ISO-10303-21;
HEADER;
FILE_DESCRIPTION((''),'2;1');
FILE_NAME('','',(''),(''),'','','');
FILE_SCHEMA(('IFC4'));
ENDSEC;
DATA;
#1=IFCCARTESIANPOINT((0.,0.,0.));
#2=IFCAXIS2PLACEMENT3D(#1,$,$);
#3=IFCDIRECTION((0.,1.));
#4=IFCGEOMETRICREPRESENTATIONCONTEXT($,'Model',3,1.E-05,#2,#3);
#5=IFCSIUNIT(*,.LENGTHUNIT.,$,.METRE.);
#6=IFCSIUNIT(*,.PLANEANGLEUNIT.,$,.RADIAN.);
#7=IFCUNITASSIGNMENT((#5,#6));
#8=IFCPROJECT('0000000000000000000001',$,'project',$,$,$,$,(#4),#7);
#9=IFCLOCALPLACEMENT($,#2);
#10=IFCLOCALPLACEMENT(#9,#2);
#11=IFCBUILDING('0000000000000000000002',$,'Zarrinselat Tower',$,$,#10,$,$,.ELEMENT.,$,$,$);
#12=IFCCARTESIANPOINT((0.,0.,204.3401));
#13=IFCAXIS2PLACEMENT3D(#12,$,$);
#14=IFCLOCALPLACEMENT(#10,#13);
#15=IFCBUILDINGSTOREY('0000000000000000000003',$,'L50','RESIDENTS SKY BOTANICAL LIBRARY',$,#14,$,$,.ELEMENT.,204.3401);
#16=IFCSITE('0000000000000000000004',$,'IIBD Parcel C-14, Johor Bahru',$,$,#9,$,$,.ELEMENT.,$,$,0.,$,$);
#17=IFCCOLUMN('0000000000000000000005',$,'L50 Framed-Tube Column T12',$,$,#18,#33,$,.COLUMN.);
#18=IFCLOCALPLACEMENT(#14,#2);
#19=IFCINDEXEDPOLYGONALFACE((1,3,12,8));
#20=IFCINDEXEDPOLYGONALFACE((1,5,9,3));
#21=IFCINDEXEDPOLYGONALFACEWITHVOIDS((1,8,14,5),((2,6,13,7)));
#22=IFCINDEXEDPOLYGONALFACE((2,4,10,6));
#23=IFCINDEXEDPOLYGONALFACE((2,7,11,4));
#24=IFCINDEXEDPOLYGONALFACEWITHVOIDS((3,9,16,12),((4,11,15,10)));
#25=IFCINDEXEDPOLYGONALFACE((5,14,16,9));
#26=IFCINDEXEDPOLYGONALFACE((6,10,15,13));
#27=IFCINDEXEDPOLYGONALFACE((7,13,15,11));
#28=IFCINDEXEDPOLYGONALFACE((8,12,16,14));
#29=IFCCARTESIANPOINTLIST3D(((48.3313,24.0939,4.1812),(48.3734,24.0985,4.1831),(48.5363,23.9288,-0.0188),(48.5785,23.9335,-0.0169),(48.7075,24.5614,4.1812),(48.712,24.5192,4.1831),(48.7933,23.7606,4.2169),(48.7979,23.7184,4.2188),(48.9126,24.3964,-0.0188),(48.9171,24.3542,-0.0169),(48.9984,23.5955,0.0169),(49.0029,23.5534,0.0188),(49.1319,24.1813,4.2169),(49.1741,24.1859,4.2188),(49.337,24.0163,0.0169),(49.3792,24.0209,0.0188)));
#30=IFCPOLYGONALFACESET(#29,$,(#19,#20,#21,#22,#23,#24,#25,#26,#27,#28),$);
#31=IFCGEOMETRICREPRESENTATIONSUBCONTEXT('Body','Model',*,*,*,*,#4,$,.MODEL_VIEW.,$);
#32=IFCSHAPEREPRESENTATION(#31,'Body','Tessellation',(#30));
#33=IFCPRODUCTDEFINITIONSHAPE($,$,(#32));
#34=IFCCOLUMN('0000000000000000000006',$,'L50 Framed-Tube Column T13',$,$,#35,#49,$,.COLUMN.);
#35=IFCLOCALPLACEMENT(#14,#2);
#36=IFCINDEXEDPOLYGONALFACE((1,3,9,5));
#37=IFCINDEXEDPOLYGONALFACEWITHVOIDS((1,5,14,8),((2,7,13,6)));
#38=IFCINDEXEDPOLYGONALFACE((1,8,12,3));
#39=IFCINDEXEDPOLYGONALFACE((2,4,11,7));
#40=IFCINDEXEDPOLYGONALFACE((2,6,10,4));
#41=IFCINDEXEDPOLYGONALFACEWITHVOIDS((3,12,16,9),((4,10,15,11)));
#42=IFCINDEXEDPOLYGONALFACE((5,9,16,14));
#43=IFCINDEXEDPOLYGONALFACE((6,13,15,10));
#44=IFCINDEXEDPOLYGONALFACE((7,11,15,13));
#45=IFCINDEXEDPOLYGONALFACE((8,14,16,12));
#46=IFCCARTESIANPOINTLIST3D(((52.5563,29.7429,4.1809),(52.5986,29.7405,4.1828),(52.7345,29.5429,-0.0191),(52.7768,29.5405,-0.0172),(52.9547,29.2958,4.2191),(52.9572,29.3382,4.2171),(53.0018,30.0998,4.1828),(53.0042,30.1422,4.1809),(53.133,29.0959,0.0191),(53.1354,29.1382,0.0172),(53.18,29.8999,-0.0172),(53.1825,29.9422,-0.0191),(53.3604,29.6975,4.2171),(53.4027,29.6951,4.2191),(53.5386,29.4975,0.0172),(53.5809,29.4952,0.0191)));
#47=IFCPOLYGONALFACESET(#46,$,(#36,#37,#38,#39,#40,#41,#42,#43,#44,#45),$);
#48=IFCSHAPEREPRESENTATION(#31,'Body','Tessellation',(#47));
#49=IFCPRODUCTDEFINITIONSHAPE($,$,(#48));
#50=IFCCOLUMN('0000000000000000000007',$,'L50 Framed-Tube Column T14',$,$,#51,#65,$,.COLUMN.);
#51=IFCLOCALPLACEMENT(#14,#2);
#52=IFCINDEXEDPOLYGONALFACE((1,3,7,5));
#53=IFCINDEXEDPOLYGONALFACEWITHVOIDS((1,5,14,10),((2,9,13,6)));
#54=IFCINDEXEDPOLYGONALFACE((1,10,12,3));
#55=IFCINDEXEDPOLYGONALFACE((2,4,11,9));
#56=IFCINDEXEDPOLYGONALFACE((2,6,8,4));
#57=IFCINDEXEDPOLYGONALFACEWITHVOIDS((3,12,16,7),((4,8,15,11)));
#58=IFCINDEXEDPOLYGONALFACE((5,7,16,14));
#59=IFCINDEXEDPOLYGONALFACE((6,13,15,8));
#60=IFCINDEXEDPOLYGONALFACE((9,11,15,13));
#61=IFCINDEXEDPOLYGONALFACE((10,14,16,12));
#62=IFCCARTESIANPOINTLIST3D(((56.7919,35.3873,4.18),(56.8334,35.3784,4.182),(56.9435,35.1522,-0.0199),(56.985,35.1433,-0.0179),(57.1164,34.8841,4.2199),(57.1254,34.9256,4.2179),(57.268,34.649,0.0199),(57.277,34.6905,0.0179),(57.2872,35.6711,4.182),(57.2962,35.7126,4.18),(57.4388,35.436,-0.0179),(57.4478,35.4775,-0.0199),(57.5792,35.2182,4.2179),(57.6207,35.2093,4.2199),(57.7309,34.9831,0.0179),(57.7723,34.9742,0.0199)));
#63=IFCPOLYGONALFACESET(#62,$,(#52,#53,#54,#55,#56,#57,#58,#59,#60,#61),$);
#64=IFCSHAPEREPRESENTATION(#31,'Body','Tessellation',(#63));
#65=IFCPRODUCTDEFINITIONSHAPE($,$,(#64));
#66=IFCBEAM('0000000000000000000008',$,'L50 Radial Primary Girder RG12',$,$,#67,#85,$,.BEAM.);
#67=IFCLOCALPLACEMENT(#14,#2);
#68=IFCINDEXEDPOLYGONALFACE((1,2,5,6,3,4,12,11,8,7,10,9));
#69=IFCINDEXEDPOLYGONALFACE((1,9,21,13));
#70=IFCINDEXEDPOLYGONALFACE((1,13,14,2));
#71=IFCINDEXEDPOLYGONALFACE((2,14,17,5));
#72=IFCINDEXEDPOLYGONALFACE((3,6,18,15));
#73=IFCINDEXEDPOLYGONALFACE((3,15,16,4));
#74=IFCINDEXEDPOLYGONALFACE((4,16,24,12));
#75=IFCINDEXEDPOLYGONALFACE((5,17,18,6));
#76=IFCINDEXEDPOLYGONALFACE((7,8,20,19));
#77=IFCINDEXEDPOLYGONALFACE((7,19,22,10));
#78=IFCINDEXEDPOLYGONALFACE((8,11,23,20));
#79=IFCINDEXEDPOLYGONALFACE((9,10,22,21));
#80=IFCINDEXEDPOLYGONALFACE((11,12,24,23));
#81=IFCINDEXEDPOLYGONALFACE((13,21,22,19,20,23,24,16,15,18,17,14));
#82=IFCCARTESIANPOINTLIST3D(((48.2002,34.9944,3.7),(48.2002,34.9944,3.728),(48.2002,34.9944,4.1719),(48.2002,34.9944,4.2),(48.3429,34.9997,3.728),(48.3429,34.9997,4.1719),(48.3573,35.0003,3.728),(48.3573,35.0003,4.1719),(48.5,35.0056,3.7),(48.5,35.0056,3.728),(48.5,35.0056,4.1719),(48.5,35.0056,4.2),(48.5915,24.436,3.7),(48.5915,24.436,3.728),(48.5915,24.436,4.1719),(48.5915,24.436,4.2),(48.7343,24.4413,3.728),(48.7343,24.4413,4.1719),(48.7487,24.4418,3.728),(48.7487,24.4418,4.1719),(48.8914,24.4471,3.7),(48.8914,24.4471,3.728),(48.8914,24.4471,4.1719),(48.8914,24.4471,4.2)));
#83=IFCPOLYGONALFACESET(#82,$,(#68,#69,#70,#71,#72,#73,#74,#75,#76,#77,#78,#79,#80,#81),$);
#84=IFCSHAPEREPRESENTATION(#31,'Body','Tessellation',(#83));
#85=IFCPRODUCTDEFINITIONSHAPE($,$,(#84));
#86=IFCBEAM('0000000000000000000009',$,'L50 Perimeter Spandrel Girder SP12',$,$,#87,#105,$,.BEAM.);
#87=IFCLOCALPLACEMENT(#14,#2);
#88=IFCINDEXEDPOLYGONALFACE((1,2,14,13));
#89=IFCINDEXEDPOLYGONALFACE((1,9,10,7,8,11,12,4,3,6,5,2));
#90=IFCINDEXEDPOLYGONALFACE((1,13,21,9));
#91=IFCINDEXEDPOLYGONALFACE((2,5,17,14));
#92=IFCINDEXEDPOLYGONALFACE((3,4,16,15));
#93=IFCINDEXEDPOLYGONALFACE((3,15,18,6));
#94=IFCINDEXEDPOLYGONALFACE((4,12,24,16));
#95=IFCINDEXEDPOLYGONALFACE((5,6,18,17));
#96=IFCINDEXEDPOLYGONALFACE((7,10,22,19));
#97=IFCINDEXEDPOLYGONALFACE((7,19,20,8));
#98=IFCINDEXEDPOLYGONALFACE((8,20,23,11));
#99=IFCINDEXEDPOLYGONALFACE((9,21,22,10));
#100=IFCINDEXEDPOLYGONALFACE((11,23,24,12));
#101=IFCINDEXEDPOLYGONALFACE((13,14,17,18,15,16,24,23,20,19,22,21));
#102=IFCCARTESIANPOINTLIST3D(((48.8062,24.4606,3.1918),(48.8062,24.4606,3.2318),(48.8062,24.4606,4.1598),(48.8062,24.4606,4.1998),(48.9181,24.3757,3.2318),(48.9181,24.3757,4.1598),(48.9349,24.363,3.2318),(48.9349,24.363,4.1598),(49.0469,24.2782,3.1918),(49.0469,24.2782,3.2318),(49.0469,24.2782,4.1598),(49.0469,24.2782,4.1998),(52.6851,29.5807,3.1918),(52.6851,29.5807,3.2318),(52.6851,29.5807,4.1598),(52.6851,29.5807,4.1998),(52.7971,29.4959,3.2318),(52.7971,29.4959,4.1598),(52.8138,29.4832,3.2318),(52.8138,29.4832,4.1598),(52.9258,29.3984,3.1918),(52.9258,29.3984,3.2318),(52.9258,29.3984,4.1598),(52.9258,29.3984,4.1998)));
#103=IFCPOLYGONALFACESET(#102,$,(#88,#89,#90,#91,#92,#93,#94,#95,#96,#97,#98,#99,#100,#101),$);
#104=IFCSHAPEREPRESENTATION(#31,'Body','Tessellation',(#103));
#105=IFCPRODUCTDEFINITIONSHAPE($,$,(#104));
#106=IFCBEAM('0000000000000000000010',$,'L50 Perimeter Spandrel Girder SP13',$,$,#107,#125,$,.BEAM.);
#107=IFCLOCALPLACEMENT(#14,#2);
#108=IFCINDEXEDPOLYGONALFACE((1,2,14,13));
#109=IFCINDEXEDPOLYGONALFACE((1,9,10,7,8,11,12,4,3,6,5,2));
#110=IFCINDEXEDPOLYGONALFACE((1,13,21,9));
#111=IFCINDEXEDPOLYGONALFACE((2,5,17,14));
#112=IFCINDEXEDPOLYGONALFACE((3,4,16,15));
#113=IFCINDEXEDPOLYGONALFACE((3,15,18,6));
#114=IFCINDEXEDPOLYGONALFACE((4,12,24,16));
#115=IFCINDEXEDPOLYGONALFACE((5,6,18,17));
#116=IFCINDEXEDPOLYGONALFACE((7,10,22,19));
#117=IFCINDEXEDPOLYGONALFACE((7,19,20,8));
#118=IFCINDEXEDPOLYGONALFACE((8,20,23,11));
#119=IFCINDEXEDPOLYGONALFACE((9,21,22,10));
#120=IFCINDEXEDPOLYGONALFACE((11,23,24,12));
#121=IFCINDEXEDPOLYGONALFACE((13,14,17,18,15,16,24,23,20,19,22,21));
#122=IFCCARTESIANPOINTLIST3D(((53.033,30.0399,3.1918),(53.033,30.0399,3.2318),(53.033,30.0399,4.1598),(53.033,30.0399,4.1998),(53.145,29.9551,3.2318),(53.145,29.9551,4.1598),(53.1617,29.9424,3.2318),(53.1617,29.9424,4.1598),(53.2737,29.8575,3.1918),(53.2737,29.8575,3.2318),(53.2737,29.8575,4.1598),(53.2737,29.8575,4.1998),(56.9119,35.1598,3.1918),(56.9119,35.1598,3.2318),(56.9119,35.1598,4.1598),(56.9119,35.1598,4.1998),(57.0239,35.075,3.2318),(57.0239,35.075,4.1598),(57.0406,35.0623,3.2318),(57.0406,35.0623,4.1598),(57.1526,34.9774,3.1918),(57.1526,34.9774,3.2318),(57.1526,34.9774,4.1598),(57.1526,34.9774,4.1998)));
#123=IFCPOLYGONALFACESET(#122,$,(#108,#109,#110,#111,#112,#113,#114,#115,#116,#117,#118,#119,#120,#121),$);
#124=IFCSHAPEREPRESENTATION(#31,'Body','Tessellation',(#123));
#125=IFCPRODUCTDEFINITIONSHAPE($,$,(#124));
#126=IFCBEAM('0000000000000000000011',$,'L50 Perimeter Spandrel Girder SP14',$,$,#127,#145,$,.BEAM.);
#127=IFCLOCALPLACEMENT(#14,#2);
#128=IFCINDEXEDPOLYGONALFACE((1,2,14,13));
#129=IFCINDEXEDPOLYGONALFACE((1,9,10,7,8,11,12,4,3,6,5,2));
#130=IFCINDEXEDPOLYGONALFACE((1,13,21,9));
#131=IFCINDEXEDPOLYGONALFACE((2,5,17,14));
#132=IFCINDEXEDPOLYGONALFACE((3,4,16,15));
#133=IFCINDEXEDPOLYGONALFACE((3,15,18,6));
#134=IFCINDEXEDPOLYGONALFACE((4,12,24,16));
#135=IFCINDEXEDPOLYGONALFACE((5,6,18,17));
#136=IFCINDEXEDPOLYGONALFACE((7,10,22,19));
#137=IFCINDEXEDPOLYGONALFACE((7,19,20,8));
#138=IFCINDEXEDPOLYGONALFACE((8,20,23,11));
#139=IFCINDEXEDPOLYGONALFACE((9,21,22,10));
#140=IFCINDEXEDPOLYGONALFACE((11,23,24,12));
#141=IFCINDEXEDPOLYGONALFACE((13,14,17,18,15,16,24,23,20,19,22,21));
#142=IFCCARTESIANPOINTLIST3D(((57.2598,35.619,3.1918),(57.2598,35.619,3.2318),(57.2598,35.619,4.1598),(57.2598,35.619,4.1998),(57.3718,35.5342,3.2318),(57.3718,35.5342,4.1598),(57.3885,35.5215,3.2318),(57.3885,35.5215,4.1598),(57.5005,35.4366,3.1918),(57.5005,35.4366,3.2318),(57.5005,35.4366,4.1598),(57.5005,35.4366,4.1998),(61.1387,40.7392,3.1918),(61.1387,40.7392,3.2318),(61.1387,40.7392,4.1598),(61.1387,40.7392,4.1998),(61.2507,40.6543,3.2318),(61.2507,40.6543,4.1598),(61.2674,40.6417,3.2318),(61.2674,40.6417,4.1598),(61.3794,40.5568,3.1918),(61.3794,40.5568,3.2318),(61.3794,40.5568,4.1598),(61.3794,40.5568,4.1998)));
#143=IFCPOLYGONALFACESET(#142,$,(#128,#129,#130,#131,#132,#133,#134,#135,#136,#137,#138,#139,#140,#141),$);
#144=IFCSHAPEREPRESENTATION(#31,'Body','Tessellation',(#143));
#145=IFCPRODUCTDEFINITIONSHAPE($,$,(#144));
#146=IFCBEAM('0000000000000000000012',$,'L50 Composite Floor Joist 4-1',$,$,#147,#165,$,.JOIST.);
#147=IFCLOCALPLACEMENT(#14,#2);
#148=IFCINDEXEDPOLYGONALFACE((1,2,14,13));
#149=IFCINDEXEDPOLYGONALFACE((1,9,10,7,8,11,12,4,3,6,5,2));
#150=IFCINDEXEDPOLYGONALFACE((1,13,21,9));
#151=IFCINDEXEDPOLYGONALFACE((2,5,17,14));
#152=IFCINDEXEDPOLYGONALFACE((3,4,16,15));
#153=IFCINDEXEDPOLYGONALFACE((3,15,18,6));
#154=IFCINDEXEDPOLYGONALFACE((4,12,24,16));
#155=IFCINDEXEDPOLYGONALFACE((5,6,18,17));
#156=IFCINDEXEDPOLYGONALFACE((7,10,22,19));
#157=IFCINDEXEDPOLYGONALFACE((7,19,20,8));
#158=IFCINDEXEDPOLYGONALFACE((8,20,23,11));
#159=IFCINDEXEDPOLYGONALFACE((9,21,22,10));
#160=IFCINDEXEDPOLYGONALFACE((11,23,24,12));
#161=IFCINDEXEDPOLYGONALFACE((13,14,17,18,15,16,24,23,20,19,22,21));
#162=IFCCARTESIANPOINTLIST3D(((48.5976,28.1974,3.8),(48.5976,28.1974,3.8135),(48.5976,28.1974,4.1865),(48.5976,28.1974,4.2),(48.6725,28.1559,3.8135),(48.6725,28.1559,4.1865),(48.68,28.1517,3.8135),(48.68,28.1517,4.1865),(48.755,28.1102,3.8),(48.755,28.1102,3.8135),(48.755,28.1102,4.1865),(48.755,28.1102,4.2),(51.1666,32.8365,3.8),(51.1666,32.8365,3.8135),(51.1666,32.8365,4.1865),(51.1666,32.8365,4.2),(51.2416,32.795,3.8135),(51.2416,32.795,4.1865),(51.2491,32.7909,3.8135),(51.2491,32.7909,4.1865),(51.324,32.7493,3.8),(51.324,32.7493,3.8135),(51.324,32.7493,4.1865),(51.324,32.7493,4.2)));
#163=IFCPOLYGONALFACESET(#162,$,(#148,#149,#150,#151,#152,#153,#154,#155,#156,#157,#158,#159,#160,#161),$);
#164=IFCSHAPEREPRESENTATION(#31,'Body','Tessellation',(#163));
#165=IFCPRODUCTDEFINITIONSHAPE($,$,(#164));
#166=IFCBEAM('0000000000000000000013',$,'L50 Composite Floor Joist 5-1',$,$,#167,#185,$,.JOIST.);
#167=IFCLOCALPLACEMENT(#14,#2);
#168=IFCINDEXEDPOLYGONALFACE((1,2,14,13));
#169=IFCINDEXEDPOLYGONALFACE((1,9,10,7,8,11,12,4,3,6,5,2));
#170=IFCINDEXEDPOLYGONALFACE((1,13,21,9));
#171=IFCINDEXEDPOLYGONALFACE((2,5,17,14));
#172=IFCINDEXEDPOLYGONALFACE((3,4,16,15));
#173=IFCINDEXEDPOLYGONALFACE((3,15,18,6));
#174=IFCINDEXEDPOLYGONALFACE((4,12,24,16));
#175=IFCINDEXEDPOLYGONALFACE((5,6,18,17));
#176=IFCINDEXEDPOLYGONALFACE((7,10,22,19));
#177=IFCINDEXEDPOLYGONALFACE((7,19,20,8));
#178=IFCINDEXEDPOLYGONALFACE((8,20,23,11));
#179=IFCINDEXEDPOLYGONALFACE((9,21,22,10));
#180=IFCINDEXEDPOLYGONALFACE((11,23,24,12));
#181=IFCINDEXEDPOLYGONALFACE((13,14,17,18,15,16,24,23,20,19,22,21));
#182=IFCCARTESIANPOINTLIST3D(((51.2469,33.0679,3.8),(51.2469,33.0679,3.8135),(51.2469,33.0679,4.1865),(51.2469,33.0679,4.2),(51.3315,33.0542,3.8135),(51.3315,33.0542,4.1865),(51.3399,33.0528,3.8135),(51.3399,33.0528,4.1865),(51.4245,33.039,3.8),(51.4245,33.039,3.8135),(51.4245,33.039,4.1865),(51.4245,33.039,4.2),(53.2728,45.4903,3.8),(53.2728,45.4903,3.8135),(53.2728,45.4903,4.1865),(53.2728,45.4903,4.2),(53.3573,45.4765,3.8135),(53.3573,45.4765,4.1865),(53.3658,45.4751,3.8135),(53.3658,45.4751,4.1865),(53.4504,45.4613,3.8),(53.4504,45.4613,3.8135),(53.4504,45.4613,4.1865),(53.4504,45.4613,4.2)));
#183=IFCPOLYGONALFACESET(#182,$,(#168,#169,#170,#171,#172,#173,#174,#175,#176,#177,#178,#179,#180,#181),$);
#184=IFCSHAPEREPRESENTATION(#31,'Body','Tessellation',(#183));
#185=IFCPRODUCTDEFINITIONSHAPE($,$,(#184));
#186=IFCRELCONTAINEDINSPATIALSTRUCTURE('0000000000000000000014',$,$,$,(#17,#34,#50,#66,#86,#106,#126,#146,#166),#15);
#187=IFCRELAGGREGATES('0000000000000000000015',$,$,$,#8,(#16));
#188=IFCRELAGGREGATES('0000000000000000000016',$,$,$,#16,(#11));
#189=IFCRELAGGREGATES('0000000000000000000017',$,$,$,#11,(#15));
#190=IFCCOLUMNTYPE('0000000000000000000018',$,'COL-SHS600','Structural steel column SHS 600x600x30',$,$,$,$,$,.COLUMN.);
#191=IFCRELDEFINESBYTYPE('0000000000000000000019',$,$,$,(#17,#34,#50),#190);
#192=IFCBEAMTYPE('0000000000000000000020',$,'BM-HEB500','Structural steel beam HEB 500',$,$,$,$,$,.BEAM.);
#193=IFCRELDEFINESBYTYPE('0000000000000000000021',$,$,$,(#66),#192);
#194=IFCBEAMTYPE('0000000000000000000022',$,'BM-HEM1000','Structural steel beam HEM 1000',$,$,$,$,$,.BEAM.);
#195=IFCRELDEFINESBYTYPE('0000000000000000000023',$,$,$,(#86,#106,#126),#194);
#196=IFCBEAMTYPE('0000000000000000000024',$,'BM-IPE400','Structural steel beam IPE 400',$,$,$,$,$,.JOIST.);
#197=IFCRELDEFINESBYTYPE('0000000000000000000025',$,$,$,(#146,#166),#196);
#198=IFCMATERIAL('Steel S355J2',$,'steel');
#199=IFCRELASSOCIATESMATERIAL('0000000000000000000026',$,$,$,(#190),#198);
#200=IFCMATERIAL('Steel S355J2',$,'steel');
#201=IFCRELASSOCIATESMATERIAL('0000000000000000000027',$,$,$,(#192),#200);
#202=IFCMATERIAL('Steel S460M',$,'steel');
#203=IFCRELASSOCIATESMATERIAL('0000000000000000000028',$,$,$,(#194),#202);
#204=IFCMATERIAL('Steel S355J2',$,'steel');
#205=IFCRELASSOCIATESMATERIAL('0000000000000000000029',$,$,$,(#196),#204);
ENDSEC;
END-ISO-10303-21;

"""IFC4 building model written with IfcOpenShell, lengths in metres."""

from ifc_helpers import new_model, si_unit, direction, frame, origin, origin_2d, place, context, subcontext, project, spatial, hollow_rectangle, i_section, extrude, material, material_profile, profile_set, type_object, element, save


model = new_model("IFC4")

# Units and contexts
model_context = context("Model", 3, precision=1e-05, world=origin(), true_north=direction((0.0, 1.0)))
body_context = subcontext(model_context, "Body", "Model", "MODEL_VIEW")
ifc_project = project(units=[si_unit("LENGTHUNIT", "METRE"), si_unit("PLANEANGLEUNIT", "RADIAN")], contexts=[model_context])

# Site, building, storey
site_placement = place(None, origin())
site = spatial("IfcSite", under=ifc_project, at=site_placement, Name="IIBD Parcel C-14, Johor Bahru", CompositionType="ELEMENT", RefElevation=0.0)
building_placement = place(site_placement, origin())
building = spatial("IfcBuilding", under=site, at=building_placement, Name="Zarrinselat Tower", CompositionType="ELEMENT")
storey_placement = place(building_placement, frame((0.0, 0.0, 204.3401)))
storey = spatial("IfcBuildingStorey", under=building, at=storey_placement, Name="L50", Description="RESIDENTS SKY BOTANICAL LIBRARY", CompositionType="ELEMENT", Elevation=204.3401)

# Columns
ifc_material_1 = material(Name="Steel S355J2", Category="steel")
ifc_material_profile_1 = material_profile(ifc_material_1, hollow_rectangle(XDim=0.6001, YDim=0.6001, WallThickness=0.03, at=origin_2d()), Name="SHS 600x600x30")
ifc_profile_set_1 = profile_set([ifc_material_profile_1], Name="Steel S355J2")
column_type = type_object("IfcColumnType", Name="COL-SHS600", Description="Structural steel column SHS 600x600x30", PredefinedType="COLUMN", material=ifc_profile_set_1)
column_1_placement = place(storey_placement, frame((48.9578, 23.9749, 0.0), z_axis=(-0.048733, 0.039219, 0.998042), x_axis=(-0.626954, -0.779056, 0.0)))
element("IfcColumn", 1, at=column_1_placement, inside=storey, type_object=column_type, Name="L50 Framed-Tube Column T12", PredefinedType="COLUMN", context=body_context, shape_type="SweptSolid", body=[
    extrude(hollow_rectangle(XDim=0.6001, YDim=0.6001, WallThickness=0.03, at=origin_2d()), origin(), (0.0, 0.0, 1.0), 4.2083),
])
column_2_placement = place(storey_placement, frame((53.1577, 29.519, 0.0), z_axis=(-0.042348, 0.047511, 0.997973), x_axis=(-0.746503, -0.665382, 0.0)))
element("IfcColumn", 2, at=column_2_placement, inside=storey, type_object=column_type, Name="L50 Framed-Tube Column T13", PredefinedType="COLUMN", context=body_context, shape_type="SweptSolid", body=[
    extrude(hollow_rectangle(XDim=0.6001, YDim=0.6001, WallThickness=0.03, at=origin_2d()), origin(), (0.0, 0.0, 1.0), 4.2085),
])
column_3_placement = place(storey_placement, frame((57.3579, 35.0632, 0.0), z_axis=(-0.036019, 0.055855, 0.997789), x_axis=(-0.840412, -0.541948, 0.0)))
element("IfcColumn", 3, at=column_3_placement, inside=storey, type_object=column_type, Name="L50 Framed-Tube Column T14", PredefinedType="COLUMN", context=body_context, shape_type="SweptSolid", body=[
    extrude(hollow_rectangle(XDim=0.6001, YDim=0.6001, WallThickness=0.03, at=origin_2d()), origin(), (0.0, 0.0, 1.0), 4.2092),
])

# Beams
ifc_material_2 = material(Name="Steel S355J2", Category="steel")
ifc_material_profile_2 = material_profile(ifc_material_2, i_section(OverallWidth=0.3, OverallDepth=0.5, WebThickness=0.0144, FlangeThickness=0.0281, at=origin_2d()), Name="HEB 500")
ifc_profile_set_2 = profile_set([ifc_material_profile_2], Name="Steel S355J2")
beam_type_1 = type_object("IfcBeamType", Name="BM-HEB500", Description="Structural steel beam HEB 500", PredefinedType="BEAM", material=ifc_profile_set_2)
beam_1_placement = place(storey_placement, frame((48.3501, 35.0, 3.95), z_axis=(0.037041, -0.999314, 0.0), x_axis=(0.999314, 0.037041, 0.0)))
element("IfcBeam", 4, at=beam_1_placement, inside=storey, type_object=beam_type_1, Name="L50 Radial Primary Girder RG12", PredefinedType="BEAM", context=body_context, shape_type="SweptSolid", body=[
    extrude(i_section(OverallWidth=0.3, OverallDepth=0.5, WebThickness=0.0144, FlangeThickness=0.0281, at=origin_2d()), origin(), (0.0, 0.0, 1.0), 10.5657),
])
ifc_material_3 = material(Name="Steel S460M", Category="steel")
ifc_material_profile_3 = material_profile(ifc_material_3, i_section(OverallWidth=0.302, OverallDepth=1.0081, WebThickness=0.021, FlangeThickness=0.04, at=origin_2d()), Name="HEM 1000")
ifc_profile_set_3 = profile_set([ifc_material_profile_3], Name="Steel S460M")
beam_type_2 = type_object("IfcBeamType", Name="BM-HEM1000", Description="Structural steel beam HEM 1000", PredefinedType="BEAM", material=ifc_profile_set_3)
beam_2_placement = place(storey_placement, frame((48.9265, 24.3694, 3.6958), z_axis=(0.603861, 0.79709, 0.0), x_axis=(-0.79709, 0.603861, 0.0)))
element("IfcBeam", 5, at=beam_2_placement, inside=storey, type_object=beam_type_2, Name="L50 Perimeter Spandrel Girder SP12", PredefinedType="BEAM", context=body_context, shape_type="SweptSolid", body=[
    extrude(i_section(OverallWidth=0.302, OverallDepth=1.0081, WebThickness=0.021, FlangeThickness=0.04, at=origin_2d()), origin(), (0.0, 0.0, 1.0), 6.4236),
])
beam_3_placement = place(storey_placement, frame((53.1533, 29.9487, 3.6958), z_axis=(0.603879, 0.797076, 0.0), x_axis=(-0.797076, 0.603879, 0.0)))
element("IfcBeam", 6, at=beam_3_placement, inside=storey, type_object=beam_type_2, Name="L50 Perimeter Spandrel Girder SP13", PredefinedType="BEAM", context=body_context, shape_type="SweptSolid", body=[
    extrude(i_section(OverallWidth=0.302, OverallDepth=1.0081, WebThickness=0.021, FlangeThickness=0.04, at=origin_2d()), origin(), (0.0, 0.0, 1.0), 6.4233),
])
beam_4_placement = place(storey_placement, frame((57.3801, 35.5278, 3.6958), z_axis=(0.603861, 0.79709, 0.0), x_axis=(-0.79709, 0.603861, 0.0)))
element("IfcBeam", 7, at=beam_4_placement, inside=storey, type_object=beam_type_2, Name="L50 Perimeter Spandrel Girder SP14", PredefinedType="BEAM", context=body_context, shape_type="SweptSolid", body=[
    extrude(i_section(OverallWidth=0.302, OverallDepth=1.0081, WebThickness=0.021, FlangeThickness=0.04, at=origin_2d()), origin(), (0.0, 0.0, 1.0), 6.4236),
])
ifc_material_4 = material(Name="Steel S355J2", Category="steel")
ifc_material_profile_4 = material_profile(ifc_material_4, i_section(OverallWidth=0.1799, OverallDepth=0.3999, WebThickness=0.0085, FlangeThickness=0.0134, at=origin_2d()), Name="IPE 400")
ifc_profile_set_4 = profile_set([ifc_material_profile_4], Name="Steel S355J2")
beam_type_3 = type_object("IfcBeamType", Name="BM-IPE400", Description="Structural steel beam IPE 400", PredefinedType="JOIST", material=ifc_profile_set_4)
beam_5_placement = place(storey_placement, frame((48.6763, 28.1538, 4.0), z_axis=(0.484458, 0.874814, 0.0), x_axis=(-0.874814, 0.484458, 0.0)))
element("IfcBeam", 8, at=beam_5_placement, inside=storey, type_object=beam_type_3, Name="L50 Composite Floor Joist 4-1", PredefinedType="JOIST", context=body_context, shape_type="SweptSolid", body=[
    extrude(i_section(OverallWidth=0.1799, OverallDepth=0.3999, WebThickness=0.0085, FlangeThickness=0.0134, at=origin_2d()), origin(), (0.0, 0.0, 1.0), 5.303),
])
beam_6_placement = place(storey_placement, frame((51.3357, 33.0535, 4.0), z_axis=(0.160957, 0.986961, 0.0), x_axis=(-0.986961, 0.160957, 0.0)))
element("IfcBeam", 9, at=beam_6_placement, inside=storey, type_object=beam_type_3, Name="L50 Composite Floor Joist 5-1", PredefinedType="JOIST", context=body_context, shape_type="SweptSolid", body=[
    extrude(i_section(OverallWidth=0.1799, OverallDepth=0.3999, WebThickness=0.0085, FlangeThickness=0.0134, at=origin_2d()), origin(), (0.0, 0.0, 1.0), 12.5864),
])

save(model, "model.ifc")
